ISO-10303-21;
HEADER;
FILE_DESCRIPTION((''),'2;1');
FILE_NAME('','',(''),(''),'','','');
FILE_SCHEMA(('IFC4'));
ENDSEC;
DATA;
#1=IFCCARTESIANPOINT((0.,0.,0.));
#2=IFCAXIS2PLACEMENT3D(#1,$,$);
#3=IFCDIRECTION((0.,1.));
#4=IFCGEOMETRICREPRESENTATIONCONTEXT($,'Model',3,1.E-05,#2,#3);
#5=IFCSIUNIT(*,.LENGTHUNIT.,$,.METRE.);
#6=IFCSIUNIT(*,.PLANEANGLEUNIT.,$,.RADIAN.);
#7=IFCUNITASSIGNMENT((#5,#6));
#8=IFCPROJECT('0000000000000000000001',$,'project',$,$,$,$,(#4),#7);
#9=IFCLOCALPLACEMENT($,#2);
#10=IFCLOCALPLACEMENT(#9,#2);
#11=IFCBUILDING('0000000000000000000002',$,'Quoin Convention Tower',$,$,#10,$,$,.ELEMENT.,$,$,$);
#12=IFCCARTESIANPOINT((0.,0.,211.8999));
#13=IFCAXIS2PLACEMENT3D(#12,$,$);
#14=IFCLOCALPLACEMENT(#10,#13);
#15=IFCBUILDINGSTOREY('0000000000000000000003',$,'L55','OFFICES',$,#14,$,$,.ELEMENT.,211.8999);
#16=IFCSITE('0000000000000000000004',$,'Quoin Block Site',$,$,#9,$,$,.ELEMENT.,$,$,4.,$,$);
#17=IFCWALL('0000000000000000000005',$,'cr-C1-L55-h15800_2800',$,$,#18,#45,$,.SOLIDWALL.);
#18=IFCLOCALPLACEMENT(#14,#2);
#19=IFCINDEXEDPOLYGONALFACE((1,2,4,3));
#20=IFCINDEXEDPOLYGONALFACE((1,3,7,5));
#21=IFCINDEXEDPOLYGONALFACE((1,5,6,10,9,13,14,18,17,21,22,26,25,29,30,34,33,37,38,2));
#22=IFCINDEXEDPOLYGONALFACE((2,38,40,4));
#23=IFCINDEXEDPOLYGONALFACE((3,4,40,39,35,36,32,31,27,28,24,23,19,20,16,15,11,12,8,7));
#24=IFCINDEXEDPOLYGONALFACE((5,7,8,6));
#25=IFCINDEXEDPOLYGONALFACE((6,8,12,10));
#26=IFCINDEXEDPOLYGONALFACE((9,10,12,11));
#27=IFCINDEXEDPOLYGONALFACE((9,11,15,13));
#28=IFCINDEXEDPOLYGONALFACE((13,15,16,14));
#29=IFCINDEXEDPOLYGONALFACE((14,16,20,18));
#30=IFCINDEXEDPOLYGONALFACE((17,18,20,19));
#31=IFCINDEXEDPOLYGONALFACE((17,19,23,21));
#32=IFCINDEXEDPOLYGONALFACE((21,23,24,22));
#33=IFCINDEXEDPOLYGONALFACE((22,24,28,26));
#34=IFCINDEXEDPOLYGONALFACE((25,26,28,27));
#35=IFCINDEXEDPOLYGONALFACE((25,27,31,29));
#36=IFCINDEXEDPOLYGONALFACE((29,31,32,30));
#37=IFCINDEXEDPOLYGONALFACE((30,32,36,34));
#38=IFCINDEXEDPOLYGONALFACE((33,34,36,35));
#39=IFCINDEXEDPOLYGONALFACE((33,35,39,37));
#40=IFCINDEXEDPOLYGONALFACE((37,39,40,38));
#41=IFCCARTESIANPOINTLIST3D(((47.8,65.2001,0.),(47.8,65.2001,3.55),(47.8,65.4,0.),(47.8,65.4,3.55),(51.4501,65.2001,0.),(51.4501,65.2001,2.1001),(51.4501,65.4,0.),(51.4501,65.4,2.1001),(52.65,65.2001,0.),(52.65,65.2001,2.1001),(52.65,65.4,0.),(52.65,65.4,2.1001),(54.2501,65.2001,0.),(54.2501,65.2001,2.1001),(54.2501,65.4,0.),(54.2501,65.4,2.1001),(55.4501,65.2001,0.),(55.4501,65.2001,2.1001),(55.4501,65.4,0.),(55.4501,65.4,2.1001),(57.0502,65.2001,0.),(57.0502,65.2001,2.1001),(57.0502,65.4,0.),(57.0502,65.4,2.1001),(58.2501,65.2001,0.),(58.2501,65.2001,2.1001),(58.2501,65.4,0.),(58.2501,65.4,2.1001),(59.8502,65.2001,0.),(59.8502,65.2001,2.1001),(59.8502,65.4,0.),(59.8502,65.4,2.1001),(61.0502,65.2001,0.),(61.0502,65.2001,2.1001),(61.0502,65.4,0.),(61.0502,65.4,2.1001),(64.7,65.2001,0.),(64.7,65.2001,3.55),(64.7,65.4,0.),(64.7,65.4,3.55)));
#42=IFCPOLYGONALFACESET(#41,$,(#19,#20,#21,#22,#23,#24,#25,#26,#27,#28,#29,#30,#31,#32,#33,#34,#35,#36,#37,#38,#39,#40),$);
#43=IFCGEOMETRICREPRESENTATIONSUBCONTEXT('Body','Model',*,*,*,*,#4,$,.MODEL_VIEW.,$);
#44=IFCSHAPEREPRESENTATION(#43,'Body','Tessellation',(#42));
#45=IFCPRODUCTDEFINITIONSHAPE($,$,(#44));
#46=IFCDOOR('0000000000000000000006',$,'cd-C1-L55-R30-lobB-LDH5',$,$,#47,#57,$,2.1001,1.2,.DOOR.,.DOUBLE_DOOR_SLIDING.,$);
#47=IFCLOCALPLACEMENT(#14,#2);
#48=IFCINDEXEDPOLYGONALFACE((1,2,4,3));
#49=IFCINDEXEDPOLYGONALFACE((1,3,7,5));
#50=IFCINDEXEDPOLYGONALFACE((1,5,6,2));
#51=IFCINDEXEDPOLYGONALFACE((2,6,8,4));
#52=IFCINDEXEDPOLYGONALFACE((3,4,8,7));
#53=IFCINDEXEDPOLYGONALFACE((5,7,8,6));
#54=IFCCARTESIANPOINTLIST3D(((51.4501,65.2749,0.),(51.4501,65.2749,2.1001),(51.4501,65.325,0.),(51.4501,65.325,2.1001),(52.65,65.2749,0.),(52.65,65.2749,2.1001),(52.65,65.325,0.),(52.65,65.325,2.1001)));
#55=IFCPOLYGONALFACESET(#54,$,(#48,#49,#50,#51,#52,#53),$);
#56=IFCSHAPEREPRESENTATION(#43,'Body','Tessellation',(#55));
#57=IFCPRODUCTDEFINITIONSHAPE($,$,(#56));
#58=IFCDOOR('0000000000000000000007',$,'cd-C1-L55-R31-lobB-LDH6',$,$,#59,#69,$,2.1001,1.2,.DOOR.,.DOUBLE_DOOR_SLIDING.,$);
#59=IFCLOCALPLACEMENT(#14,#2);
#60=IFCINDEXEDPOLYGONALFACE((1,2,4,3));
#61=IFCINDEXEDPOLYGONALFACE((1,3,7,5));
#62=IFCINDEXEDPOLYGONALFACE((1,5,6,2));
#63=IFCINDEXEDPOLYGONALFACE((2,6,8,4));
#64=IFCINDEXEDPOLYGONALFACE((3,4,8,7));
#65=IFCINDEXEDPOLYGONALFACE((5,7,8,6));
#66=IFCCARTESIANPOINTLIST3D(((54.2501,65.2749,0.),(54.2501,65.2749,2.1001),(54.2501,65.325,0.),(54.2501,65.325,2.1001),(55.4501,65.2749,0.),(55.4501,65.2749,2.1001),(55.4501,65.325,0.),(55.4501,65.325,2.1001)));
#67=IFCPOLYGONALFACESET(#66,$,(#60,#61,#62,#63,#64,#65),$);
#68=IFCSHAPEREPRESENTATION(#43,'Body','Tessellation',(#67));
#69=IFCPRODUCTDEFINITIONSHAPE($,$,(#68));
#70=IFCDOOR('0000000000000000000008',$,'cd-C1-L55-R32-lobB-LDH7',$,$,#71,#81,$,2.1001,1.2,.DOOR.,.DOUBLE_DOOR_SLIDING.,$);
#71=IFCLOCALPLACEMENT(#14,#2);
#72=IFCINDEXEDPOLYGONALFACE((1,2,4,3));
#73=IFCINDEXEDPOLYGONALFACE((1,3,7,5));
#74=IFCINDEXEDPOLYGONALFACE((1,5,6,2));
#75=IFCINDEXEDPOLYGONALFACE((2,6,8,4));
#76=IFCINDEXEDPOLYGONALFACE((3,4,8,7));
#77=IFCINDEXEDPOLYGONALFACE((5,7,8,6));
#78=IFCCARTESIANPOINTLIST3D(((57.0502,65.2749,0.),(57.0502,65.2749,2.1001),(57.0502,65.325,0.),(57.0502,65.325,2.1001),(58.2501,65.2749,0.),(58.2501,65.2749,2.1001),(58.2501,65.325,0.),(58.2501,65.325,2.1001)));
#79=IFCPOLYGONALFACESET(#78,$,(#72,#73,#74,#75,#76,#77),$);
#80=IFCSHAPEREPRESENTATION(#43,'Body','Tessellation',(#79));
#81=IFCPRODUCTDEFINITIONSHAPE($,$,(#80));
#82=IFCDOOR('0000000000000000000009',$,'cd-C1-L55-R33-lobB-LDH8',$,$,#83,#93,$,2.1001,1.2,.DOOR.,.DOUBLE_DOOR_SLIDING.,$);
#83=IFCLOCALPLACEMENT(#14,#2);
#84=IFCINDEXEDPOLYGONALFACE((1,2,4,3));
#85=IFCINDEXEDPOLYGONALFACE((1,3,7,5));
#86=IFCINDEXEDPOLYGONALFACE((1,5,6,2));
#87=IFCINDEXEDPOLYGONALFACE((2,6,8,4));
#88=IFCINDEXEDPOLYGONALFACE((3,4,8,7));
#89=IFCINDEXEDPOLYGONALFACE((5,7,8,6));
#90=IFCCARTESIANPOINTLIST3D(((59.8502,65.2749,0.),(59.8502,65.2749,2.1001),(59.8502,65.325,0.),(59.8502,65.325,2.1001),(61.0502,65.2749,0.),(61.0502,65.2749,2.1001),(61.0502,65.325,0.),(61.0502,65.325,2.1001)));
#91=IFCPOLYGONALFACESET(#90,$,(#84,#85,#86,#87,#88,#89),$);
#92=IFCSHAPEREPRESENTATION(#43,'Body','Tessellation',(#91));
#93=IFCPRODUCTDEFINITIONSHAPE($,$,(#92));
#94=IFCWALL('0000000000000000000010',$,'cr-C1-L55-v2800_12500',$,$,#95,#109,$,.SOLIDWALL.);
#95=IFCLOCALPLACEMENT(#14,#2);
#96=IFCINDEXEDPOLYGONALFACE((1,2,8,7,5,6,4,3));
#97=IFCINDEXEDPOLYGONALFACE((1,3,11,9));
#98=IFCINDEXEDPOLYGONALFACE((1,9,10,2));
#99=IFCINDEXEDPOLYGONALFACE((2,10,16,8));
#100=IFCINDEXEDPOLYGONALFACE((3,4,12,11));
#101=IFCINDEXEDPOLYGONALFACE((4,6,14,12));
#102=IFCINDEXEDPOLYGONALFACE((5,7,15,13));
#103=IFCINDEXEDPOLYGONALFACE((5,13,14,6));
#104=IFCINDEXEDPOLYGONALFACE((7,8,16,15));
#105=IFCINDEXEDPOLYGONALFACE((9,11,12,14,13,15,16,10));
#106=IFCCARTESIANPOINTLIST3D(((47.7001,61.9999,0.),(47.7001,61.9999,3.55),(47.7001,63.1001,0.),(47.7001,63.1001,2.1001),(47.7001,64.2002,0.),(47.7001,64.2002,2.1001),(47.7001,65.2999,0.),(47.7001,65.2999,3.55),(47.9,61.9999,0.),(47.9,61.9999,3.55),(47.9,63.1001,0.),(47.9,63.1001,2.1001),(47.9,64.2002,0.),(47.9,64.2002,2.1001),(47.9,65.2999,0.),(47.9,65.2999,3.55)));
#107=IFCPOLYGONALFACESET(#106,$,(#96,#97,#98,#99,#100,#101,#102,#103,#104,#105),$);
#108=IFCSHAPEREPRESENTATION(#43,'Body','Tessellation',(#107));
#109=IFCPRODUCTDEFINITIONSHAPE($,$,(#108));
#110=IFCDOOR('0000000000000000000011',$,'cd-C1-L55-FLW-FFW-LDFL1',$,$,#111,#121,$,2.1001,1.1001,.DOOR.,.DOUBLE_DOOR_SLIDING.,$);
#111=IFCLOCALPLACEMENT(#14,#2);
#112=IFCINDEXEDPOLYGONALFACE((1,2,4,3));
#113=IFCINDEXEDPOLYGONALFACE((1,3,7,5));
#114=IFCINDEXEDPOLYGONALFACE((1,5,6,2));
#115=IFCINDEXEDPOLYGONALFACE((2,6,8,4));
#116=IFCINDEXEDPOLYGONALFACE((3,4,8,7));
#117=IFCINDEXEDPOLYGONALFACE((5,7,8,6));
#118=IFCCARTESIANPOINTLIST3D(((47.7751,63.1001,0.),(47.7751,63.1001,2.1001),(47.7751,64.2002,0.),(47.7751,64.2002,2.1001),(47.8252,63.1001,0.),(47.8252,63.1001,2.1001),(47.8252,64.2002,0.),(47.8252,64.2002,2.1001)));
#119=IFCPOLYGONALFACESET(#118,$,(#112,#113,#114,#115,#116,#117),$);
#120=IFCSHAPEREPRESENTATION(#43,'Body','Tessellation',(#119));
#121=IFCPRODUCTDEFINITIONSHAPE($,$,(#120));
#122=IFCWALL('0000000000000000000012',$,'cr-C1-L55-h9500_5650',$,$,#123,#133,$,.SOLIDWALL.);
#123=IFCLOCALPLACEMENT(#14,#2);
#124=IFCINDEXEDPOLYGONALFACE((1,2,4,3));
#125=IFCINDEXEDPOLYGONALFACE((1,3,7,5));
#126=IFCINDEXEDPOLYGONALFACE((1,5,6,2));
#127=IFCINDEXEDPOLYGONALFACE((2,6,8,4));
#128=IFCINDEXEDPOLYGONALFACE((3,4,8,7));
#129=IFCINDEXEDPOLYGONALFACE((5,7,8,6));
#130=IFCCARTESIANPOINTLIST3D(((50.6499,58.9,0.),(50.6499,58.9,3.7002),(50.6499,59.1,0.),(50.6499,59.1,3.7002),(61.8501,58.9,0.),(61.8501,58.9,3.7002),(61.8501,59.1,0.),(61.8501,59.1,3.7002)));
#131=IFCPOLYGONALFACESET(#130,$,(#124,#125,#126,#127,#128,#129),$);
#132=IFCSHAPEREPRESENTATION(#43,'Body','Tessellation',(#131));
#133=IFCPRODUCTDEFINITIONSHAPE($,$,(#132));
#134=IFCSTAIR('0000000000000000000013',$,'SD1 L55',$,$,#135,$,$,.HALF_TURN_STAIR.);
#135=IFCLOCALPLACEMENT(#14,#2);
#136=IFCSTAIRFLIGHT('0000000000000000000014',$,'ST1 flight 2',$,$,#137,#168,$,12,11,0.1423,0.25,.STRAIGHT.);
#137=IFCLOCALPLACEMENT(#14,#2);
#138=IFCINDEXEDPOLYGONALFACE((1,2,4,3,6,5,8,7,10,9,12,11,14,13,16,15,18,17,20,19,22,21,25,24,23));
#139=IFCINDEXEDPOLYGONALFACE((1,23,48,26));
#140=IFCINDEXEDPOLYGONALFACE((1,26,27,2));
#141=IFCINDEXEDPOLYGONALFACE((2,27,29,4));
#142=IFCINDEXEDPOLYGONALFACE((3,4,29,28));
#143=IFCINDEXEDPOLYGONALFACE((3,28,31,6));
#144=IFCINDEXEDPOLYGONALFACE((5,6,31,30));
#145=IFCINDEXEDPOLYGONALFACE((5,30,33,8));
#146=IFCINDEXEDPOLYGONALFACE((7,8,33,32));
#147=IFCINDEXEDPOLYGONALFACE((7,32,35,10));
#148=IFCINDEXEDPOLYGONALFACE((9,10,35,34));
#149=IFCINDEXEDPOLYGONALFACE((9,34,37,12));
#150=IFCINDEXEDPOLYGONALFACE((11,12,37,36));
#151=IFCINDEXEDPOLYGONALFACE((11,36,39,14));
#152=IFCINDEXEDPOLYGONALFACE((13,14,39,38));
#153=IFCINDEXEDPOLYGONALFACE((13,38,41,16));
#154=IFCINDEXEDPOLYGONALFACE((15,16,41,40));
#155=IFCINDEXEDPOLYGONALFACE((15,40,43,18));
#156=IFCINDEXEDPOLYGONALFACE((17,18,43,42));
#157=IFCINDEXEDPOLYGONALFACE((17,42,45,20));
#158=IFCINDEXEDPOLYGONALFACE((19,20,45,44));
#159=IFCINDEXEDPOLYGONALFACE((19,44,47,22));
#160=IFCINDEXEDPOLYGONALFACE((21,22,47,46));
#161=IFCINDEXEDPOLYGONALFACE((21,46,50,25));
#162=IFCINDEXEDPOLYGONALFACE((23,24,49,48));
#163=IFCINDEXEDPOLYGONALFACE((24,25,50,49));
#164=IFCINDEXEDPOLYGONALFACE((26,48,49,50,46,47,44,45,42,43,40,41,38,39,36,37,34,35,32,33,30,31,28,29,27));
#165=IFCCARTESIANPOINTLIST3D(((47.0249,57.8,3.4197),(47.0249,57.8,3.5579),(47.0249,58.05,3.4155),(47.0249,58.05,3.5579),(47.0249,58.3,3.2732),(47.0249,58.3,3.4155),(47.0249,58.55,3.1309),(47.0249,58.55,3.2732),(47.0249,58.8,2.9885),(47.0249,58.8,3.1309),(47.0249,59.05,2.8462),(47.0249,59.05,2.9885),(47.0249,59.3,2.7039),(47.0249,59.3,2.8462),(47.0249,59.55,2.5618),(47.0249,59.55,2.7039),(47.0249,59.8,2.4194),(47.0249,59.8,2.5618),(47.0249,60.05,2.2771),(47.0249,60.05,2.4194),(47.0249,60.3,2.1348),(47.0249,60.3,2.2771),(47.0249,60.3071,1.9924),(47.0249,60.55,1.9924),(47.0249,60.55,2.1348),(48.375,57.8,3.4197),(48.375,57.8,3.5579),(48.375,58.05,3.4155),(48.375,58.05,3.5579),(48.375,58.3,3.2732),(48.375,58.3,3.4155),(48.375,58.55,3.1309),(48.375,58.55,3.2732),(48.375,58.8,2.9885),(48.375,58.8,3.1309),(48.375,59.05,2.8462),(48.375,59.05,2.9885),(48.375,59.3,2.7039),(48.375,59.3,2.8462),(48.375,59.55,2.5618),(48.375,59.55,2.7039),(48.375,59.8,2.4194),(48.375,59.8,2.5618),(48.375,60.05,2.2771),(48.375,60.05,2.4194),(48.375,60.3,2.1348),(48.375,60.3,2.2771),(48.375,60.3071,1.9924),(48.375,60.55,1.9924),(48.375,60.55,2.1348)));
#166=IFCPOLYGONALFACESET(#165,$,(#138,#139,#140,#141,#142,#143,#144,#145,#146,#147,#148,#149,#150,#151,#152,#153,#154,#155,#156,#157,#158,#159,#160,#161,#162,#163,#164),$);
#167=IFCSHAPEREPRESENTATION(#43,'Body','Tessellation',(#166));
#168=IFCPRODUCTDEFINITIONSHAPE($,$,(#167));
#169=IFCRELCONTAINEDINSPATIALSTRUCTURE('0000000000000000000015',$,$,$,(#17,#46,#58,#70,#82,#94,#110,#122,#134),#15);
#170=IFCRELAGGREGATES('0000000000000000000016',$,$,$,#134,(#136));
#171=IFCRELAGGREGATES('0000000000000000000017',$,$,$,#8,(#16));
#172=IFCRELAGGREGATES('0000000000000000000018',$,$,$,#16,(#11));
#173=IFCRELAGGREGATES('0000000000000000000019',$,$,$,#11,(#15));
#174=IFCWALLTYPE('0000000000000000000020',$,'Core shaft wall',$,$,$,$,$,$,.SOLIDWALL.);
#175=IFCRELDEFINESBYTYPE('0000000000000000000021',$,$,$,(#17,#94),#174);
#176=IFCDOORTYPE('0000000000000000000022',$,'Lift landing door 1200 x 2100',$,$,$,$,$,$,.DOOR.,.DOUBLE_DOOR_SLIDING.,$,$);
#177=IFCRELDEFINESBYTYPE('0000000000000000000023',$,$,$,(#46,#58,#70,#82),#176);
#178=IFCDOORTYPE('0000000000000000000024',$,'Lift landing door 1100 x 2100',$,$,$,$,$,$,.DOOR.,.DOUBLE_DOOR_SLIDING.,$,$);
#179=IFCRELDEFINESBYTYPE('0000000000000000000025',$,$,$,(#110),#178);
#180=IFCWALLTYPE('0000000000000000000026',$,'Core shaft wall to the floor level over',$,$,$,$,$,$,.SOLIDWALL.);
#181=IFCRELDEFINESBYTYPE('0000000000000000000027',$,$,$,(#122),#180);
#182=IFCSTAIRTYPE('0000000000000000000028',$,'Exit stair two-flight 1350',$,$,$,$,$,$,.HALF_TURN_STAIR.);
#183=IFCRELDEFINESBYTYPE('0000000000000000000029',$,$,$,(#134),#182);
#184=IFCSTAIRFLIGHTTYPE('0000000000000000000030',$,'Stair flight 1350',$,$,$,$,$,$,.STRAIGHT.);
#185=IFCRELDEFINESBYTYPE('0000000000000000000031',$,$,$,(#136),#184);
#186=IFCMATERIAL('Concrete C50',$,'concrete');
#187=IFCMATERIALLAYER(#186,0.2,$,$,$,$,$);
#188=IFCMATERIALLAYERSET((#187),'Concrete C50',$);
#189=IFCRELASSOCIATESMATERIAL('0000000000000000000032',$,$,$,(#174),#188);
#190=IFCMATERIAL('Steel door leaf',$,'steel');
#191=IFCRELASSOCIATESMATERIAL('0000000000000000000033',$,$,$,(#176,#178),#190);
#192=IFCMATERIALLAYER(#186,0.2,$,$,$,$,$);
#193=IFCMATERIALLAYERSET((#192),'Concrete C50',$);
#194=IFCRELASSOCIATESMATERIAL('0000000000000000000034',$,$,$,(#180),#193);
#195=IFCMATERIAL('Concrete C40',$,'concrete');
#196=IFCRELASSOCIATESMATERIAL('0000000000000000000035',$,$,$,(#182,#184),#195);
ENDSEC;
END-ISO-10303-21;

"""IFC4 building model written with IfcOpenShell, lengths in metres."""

from ifc_helpers import new_model, si_unit, direction, frame, frame_2d, origin, place, context, subcontext, project, spatial, polyline, rectangle, outline, extrude, material, layer, layer_set, type_object, element, fill, aggregate, save


model = new_model("IFC4")

# Units and contexts
model_context = context("Model", 3, precision=1e-05, world=origin(), true_north=direction((0.0, 1.0)))
body_context = subcontext(model_context, "Body", "Model", "MODEL_VIEW")
ifc_project = project(units=[si_unit("LENGTHUNIT", "METRE"), si_unit("PLANEANGLEUNIT", "RADIAN")], contexts=[model_context])

# Site, building, storey
site_placement = place(None, origin())
site = spatial("IfcSite", under=ifc_project, at=site_placement, Name="Quoin Block Site", CompositionType="ELEMENT", RefElevation=4.0)
building_placement = place(site_placement, origin())
building = spatial("IfcBuilding", under=site, at=building_placement, Name="Quoin Convention Tower", CompositionType="ELEMENT")
storey_placement = place(building_placement, frame((0.0, 0.0, 211.8999)))
storey = spatial("IfcBuildingStorey", under=building, at=storey_placement, Name="L55", Description="OFFICES", CompositionType="ELEMENT", Elevation=211.8999)

# Shared definitions
ifc_material_1 = material(Name="Steel door leaf", Category="steel")

# Shared definitions
ifc_material_2 = material(Name="Concrete C50", Category="concrete")
ifc_layer_1 = layer(ifc_material_2, 0.2)
ifc_layer_set_1 = layer_set([ifc_layer_1], Name="Concrete C50")
wall_type_1 = type_object("IfcWallType", Name="Core shaft wall", PredefinedType="SOLIDWALL", material=ifc_layer_set_1)

# Wall, openings, doors
wall_1_placement = place(storey_placement, frame((47.8, 65.3, 0.0), z_axis=(0.0, 0.0, 1.0), x_axis=(1.0, 0.0, 0.0)))
wall_1 = element("IfcWall", 1, at=wall_1_placement, inside=storey, type_object=wall_type_1, Name="cr-C1-L55-h15800_2800", PredefinedType="SOLIDWALL", context=body_context, shape_type="SweptSolid", body=[
    extrude(rectangle(XDim=16.8999, YDim=0.2, at=frame_2d((8.45, 0.0))), origin(), (0.0, 0.0, 1.0), 3.55),
])
opening_1_placement = place(wall_1_placement, frame((3.6499, 0.0, 0.0)))
opening_1 = element("IfcOpeningElement", 2, at=opening_1_placement, cuts=wall_1, PredefinedType="OPENING", context=body_context, shape_type="SweptSolid", body=[
    extrude(rectangle(XDim=1.2, YDim=2.1001, at=frame_2d((0.6001, 1.05))), frame((0.0, 0.1099, 0.0), z_axis=(0.0, -1.0, 0.0), x_axis=(1.0, 0.0, 0.0)), (0.0, 0.0, 1.0), 0.22),
])
opening_2_placement = place(wall_1_placement, frame((6.45, 0.0, 0.0)))
opening_2 = element("IfcOpeningElement", 3, at=opening_2_placement, cuts=wall_1, PredefinedType="OPENING", context=body_context, shape_type="SweptSolid", body=[
    extrude(rectangle(XDim=1.2, YDim=2.1001, at=frame_2d((0.6001, 1.05))), frame((0.0, 0.1099, 0.0), z_axis=(0.0, -1.0, 0.0), x_axis=(1.0, 0.0, 0.0)), (0.0, 0.0, 1.0), 0.22),
])
opening_3_placement = place(wall_1_placement, frame((9.25, 0.0, 0.0)))
opening_3 = element("IfcOpeningElement", 4, at=opening_3_placement, cuts=wall_1, PredefinedType="OPENING", context=body_context, shape_type="SweptSolid", body=[
    extrude(rectangle(XDim=1.2, YDim=2.1001, at=frame_2d((0.6001, 1.05))), frame((0.0, 0.1099, 0.0), z_axis=(0.0, -1.0, 0.0), x_axis=(1.0, 0.0, 0.0)), (0.0, 0.0, 1.0), 0.22),
])
opening_4_placement = place(wall_1_placement, frame((12.05, 0.0, 0.0)))
opening_4 = element("IfcOpeningElement", 5, at=opening_4_placement, cuts=wall_1, PredefinedType="OPENING", context=body_context, shape_type="SweptSolid", body=[
    extrude(rectangle(XDim=1.2, YDim=2.1001, at=frame_2d((0.6001, 1.05))), frame((0.0, 0.1099, 0.0), z_axis=(0.0, -1.0, 0.0), x_axis=(1.0, 0.0, 0.0)), (0.0, 0.0, 1.0), 0.22),
])
door_type_1 = type_object("IfcDoorType", Name="Lift landing door 1200 x 2100", OperationType="DOUBLE_DOOR_SLIDING", PredefinedType="DOOR", material=ifc_material_1)
door_1_placement = place(opening_1_placement, origin())
door_1 = element("IfcDoor", 6, at=door_1_placement, inside=storey, type_object=door_type_1, Name="cd-C1-L55-R30-lobB-LDH5", OperationType="DOUBLE_DOOR_SLIDING", OverallHeight=2.1001, OverallWidth=1.2, PredefinedType="DOOR", context=body_context, shape_type="SweptSolid", body=[
    extrude(rectangle(XDim=1.2, YDim=2.1001, at=frame_2d((0.6001, 1.05))), frame((0.0, 0.0249, 0.0), z_axis=(0.0, -1.0, 0.0), x_axis=(1.0, 0.0, 0.0)), (0.0, 0.0, 1.0), 0.05),
])
fill(opening_1, door_1)
door_2_placement = place(opening_2_placement, origin())
door_2 = element("IfcDoor", 7, at=door_2_placement, inside=storey, type_object=door_type_1, Name="cd-C1-L55-R31-lobB-LDH6", OperationType="DOUBLE_DOOR_SLIDING", OverallHeight=2.1001, OverallWidth=1.2, PredefinedType="DOOR", context=body_context, shape_type="SweptSolid", body=[
    extrude(rectangle(XDim=1.2, YDim=2.1001, at=frame_2d((0.6001, 1.05))), frame((0.0, 0.0249, 0.0), z_axis=(0.0, -1.0, 0.0), x_axis=(1.0, 0.0, 0.0)), (0.0, 0.0, 1.0), 0.05),
])
fill(opening_2, door_2)
door_3_placement = place(opening_3_placement, origin())
door_3 = element("IfcDoor", 8, at=door_3_placement, inside=storey, type_object=door_type_1, Name="cd-C1-L55-R32-lobB-LDH7", OperationType="DOUBLE_DOOR_SLIDING", OverallHeight=2.1001, OverallWidth=1.2, PredefinedType="DOOR", context=body_context, shape_type="SweptSolid", body=[
    extrude(rectangle(XDim=1.2, YDim=2.1001, at=frame_2d((0.6001, 1.05))), frame((0.0, 0.0249, 0.0), z_axis=(0.0, -1.0, 0.0), x_axis=(1.0, 0.0, 0.0)), (0.0, 0.0, 1.0), 0.05),
])
fill(opening_3, door_3)
door_4_placement = place(opening_4_placement, origin())
door_4 = element("IfcDoor", 9, at=door_4_placement, inside=storey, type_object=door_type_1, Name="cd-C1-L55-R33-lobB-LDH8", OperationType="DOUBLE_DOOR_SLIDING", OverallHeight=2.1001, OverallWidth=1.2, PredefinedType="DOOR", context=body_context, shape_type="SweptSolid", body=[
    extrude(rectangle(XDim=1.2, YDim=2.1001, at=frame_2d((0.6001, 1.05))), frame((0.0, 0.0249, 0.0), z_axis=(0.0, -1.0, 0.0), x_axis=(1.0, 0.0, 0.0)), (0.0, 0.0, 1.0), 0.05),
])
fill(opening_4, door_4)

# Wall, opening, door
wall_2_placement = place(storey_placement, frame((47.8, 62.0, 0.0), z_axis=(0.0, 0.0, 1.0), x_axis=(0.0, 1.0, 0.0)))
wall_2 = element("IfcWall", 10, at=wall_2_placement, inside=storey, type_object=wall_type_1, Name="cr-C1-L55-v2800_12500", PredefinedType="SOLIDWALL", context=body_context, shape_type="SweptSolid", body=[
    extrude(rectangle(XDim=3.3, YDim=0.2, at=frame_2d((1.6499, 0.0))), origin(), (0.0, 0.0, 1.0), 3.55),
])
opening_5_placement = place(wall_2_placement, frame((1.1001, 0.0, 0.0)))
opening_5 = element("IfcOpeningElement", 11, at=opening_5_placement, cuts=wall_2, PredefinedType="OPENING", context=body_context, shape_type="SweptSolid", body=[
    extrude(rectangle(XDim=1.1001, YDim=2.1001, at=frame_2d((0.55, 1.05))), frame((0.0, 0.1099, 0.0), z_axis=(0.0, -1.0, 0.0), x_axis=(1.0, 0.0, 0.0)), (0.0, 0.0, 1.0), 0.22),
])
door_type_2 = type_object("IfcDoorType", Name="Lift landing door 1100 x 2100", OperationType="DOUBLE_DOOR_SLIDING", PredefinedType="DOOR", material=ifc_material_1)
door_5_placement = place(opening_5_placement, origin())
door_5 = element("IfcDoor", 12, at=door_5_placement, inside=storey, type_object=door_type_2, Name="cd-C1-L55-FLW-FFW-LDFL1", OperationType="DOUBLE_DOOR_SLIDING", OverallHeight=2.1001, OverallWidth=1.1001, PredefinedType="DOOR", context=body_context, shape_type="SweptSolid", body=[
    extrude(rectangle(XDim=1.1001, YDim=2.1001, at=frame_2d((0.55, 1.05))), frame((0.0, 0.0249, 0.0), z_axis=(0.0, -1.0, 0.0), x_axis=(1.0, 0.0, 0.0)), (0.0, 0.0, 1.0), 0.05),
])
fill(opening_5, door_5)

# Wall
ifc_layer_2 = layer(ifc_material_2, 0.2)
ifc_layer_set_2 = layer_set([ifc_layer_2], Name="Concrete C50")
wall_type_2 = type_object("IfcWallType", Name="Core shaft wall to the floor level over", PredefinedType="SOLIDWALL", material=ifc_layer_set_2)
wall_3_placement = place(storey_placement, frame((50.6499, 59.0, 0.0), z_axis=(0.0, 0.0, 1.0), x_axis=(1.0, 0.0, 0.0)))
element("IfcWall", 13, at=wall_3_placement, inside=storey, type_object=wall_type_2, Name="cr-C1-L55-h9500_5650", PredefinedType="SOLIDWALL", context=body_context, shape_type="SweptSolid", body=[
    extrude(rectangle(XDim=11.2002, YDim=0.2, at=frame_2d((5.6001, 0.0))), origin(), (0.0, 0.0, 1.0), 3.7002),
])

# Stair, stair flight
ifc_material_3 = material(Name="Concrete C40", Category="concrete")
stair_type = type_object("IfcStairType", Name="Exit stair two-flight 1350", PredefinedType="HALF_TURN_STAIR", material=ifc_material_3)
stair_placement = place(storey_placement, origin())
stair = element("IfcStair", 14, at=stair_placement, inside=storey, type_object=stair_type, Name="SD1 L55", PredefinedType="HALF_TURN_STAIR")
stair_flight_type = type_object("IfcStairFlightType", Name="Stair flight 1350", PredefinedType="STRAIGHT", material=ifc_material_3)
stair_flight_placement = place(storey_placement, frame((47.7, 60.55, 1.9924), z_axis=(0.0, 0.0, 1.0), x_axis=(0.0, -1.0, 0.0)))
stair_flight = element("IfcStairFlight", 15, at=stair_flight_placement, type_object=stair_flight_type, Name="ST1 flight 2", NumberOfRisers=12, NumberOfTreads=11, PredefinedType="STRAIGHT", RiserHeight=0.1423, TreadLength=0.25, context=body_context, shape_type="SweptSolid", body=[
    extrude(outline(polyline([(0.0, 0.0), (0.0, 0.1423), (0.25, 0.1423), (0.25, 0.2847), (0.5, 0.2847), (0.5, 0.427), (0.75, 0.427), (0.75, 0.5693), (1.0, 0.5693), (1.0, 0.7114), (1.25, 0.7114), (1.25, 0.8538), (1.5, 0.8538), (1.5, 0.9961), (1.75, 0.9961), (1.75, 1.1384), (2.0, 1.1384), (2.0, 1.2808), (2.25, 1.2808), (2.25, 1.4231), (2.5, 1.4231), (2.5, 1.5654), (2.75, 1.5654), (2.75, 1.7078), (2.75, 1.4272), (0.2429, 0.0), (0.0, 0.0)])), frame((0.0, 0.675, 0.0), z_axis=(0.0, -1.0, 0.0), x_axis=(1.0, 0.0, 0.0)), (0.0, 0.0, 1.0), 1.3501),
])
aggregate(stair, [stair_flight])

save(model, "model.ifc")
